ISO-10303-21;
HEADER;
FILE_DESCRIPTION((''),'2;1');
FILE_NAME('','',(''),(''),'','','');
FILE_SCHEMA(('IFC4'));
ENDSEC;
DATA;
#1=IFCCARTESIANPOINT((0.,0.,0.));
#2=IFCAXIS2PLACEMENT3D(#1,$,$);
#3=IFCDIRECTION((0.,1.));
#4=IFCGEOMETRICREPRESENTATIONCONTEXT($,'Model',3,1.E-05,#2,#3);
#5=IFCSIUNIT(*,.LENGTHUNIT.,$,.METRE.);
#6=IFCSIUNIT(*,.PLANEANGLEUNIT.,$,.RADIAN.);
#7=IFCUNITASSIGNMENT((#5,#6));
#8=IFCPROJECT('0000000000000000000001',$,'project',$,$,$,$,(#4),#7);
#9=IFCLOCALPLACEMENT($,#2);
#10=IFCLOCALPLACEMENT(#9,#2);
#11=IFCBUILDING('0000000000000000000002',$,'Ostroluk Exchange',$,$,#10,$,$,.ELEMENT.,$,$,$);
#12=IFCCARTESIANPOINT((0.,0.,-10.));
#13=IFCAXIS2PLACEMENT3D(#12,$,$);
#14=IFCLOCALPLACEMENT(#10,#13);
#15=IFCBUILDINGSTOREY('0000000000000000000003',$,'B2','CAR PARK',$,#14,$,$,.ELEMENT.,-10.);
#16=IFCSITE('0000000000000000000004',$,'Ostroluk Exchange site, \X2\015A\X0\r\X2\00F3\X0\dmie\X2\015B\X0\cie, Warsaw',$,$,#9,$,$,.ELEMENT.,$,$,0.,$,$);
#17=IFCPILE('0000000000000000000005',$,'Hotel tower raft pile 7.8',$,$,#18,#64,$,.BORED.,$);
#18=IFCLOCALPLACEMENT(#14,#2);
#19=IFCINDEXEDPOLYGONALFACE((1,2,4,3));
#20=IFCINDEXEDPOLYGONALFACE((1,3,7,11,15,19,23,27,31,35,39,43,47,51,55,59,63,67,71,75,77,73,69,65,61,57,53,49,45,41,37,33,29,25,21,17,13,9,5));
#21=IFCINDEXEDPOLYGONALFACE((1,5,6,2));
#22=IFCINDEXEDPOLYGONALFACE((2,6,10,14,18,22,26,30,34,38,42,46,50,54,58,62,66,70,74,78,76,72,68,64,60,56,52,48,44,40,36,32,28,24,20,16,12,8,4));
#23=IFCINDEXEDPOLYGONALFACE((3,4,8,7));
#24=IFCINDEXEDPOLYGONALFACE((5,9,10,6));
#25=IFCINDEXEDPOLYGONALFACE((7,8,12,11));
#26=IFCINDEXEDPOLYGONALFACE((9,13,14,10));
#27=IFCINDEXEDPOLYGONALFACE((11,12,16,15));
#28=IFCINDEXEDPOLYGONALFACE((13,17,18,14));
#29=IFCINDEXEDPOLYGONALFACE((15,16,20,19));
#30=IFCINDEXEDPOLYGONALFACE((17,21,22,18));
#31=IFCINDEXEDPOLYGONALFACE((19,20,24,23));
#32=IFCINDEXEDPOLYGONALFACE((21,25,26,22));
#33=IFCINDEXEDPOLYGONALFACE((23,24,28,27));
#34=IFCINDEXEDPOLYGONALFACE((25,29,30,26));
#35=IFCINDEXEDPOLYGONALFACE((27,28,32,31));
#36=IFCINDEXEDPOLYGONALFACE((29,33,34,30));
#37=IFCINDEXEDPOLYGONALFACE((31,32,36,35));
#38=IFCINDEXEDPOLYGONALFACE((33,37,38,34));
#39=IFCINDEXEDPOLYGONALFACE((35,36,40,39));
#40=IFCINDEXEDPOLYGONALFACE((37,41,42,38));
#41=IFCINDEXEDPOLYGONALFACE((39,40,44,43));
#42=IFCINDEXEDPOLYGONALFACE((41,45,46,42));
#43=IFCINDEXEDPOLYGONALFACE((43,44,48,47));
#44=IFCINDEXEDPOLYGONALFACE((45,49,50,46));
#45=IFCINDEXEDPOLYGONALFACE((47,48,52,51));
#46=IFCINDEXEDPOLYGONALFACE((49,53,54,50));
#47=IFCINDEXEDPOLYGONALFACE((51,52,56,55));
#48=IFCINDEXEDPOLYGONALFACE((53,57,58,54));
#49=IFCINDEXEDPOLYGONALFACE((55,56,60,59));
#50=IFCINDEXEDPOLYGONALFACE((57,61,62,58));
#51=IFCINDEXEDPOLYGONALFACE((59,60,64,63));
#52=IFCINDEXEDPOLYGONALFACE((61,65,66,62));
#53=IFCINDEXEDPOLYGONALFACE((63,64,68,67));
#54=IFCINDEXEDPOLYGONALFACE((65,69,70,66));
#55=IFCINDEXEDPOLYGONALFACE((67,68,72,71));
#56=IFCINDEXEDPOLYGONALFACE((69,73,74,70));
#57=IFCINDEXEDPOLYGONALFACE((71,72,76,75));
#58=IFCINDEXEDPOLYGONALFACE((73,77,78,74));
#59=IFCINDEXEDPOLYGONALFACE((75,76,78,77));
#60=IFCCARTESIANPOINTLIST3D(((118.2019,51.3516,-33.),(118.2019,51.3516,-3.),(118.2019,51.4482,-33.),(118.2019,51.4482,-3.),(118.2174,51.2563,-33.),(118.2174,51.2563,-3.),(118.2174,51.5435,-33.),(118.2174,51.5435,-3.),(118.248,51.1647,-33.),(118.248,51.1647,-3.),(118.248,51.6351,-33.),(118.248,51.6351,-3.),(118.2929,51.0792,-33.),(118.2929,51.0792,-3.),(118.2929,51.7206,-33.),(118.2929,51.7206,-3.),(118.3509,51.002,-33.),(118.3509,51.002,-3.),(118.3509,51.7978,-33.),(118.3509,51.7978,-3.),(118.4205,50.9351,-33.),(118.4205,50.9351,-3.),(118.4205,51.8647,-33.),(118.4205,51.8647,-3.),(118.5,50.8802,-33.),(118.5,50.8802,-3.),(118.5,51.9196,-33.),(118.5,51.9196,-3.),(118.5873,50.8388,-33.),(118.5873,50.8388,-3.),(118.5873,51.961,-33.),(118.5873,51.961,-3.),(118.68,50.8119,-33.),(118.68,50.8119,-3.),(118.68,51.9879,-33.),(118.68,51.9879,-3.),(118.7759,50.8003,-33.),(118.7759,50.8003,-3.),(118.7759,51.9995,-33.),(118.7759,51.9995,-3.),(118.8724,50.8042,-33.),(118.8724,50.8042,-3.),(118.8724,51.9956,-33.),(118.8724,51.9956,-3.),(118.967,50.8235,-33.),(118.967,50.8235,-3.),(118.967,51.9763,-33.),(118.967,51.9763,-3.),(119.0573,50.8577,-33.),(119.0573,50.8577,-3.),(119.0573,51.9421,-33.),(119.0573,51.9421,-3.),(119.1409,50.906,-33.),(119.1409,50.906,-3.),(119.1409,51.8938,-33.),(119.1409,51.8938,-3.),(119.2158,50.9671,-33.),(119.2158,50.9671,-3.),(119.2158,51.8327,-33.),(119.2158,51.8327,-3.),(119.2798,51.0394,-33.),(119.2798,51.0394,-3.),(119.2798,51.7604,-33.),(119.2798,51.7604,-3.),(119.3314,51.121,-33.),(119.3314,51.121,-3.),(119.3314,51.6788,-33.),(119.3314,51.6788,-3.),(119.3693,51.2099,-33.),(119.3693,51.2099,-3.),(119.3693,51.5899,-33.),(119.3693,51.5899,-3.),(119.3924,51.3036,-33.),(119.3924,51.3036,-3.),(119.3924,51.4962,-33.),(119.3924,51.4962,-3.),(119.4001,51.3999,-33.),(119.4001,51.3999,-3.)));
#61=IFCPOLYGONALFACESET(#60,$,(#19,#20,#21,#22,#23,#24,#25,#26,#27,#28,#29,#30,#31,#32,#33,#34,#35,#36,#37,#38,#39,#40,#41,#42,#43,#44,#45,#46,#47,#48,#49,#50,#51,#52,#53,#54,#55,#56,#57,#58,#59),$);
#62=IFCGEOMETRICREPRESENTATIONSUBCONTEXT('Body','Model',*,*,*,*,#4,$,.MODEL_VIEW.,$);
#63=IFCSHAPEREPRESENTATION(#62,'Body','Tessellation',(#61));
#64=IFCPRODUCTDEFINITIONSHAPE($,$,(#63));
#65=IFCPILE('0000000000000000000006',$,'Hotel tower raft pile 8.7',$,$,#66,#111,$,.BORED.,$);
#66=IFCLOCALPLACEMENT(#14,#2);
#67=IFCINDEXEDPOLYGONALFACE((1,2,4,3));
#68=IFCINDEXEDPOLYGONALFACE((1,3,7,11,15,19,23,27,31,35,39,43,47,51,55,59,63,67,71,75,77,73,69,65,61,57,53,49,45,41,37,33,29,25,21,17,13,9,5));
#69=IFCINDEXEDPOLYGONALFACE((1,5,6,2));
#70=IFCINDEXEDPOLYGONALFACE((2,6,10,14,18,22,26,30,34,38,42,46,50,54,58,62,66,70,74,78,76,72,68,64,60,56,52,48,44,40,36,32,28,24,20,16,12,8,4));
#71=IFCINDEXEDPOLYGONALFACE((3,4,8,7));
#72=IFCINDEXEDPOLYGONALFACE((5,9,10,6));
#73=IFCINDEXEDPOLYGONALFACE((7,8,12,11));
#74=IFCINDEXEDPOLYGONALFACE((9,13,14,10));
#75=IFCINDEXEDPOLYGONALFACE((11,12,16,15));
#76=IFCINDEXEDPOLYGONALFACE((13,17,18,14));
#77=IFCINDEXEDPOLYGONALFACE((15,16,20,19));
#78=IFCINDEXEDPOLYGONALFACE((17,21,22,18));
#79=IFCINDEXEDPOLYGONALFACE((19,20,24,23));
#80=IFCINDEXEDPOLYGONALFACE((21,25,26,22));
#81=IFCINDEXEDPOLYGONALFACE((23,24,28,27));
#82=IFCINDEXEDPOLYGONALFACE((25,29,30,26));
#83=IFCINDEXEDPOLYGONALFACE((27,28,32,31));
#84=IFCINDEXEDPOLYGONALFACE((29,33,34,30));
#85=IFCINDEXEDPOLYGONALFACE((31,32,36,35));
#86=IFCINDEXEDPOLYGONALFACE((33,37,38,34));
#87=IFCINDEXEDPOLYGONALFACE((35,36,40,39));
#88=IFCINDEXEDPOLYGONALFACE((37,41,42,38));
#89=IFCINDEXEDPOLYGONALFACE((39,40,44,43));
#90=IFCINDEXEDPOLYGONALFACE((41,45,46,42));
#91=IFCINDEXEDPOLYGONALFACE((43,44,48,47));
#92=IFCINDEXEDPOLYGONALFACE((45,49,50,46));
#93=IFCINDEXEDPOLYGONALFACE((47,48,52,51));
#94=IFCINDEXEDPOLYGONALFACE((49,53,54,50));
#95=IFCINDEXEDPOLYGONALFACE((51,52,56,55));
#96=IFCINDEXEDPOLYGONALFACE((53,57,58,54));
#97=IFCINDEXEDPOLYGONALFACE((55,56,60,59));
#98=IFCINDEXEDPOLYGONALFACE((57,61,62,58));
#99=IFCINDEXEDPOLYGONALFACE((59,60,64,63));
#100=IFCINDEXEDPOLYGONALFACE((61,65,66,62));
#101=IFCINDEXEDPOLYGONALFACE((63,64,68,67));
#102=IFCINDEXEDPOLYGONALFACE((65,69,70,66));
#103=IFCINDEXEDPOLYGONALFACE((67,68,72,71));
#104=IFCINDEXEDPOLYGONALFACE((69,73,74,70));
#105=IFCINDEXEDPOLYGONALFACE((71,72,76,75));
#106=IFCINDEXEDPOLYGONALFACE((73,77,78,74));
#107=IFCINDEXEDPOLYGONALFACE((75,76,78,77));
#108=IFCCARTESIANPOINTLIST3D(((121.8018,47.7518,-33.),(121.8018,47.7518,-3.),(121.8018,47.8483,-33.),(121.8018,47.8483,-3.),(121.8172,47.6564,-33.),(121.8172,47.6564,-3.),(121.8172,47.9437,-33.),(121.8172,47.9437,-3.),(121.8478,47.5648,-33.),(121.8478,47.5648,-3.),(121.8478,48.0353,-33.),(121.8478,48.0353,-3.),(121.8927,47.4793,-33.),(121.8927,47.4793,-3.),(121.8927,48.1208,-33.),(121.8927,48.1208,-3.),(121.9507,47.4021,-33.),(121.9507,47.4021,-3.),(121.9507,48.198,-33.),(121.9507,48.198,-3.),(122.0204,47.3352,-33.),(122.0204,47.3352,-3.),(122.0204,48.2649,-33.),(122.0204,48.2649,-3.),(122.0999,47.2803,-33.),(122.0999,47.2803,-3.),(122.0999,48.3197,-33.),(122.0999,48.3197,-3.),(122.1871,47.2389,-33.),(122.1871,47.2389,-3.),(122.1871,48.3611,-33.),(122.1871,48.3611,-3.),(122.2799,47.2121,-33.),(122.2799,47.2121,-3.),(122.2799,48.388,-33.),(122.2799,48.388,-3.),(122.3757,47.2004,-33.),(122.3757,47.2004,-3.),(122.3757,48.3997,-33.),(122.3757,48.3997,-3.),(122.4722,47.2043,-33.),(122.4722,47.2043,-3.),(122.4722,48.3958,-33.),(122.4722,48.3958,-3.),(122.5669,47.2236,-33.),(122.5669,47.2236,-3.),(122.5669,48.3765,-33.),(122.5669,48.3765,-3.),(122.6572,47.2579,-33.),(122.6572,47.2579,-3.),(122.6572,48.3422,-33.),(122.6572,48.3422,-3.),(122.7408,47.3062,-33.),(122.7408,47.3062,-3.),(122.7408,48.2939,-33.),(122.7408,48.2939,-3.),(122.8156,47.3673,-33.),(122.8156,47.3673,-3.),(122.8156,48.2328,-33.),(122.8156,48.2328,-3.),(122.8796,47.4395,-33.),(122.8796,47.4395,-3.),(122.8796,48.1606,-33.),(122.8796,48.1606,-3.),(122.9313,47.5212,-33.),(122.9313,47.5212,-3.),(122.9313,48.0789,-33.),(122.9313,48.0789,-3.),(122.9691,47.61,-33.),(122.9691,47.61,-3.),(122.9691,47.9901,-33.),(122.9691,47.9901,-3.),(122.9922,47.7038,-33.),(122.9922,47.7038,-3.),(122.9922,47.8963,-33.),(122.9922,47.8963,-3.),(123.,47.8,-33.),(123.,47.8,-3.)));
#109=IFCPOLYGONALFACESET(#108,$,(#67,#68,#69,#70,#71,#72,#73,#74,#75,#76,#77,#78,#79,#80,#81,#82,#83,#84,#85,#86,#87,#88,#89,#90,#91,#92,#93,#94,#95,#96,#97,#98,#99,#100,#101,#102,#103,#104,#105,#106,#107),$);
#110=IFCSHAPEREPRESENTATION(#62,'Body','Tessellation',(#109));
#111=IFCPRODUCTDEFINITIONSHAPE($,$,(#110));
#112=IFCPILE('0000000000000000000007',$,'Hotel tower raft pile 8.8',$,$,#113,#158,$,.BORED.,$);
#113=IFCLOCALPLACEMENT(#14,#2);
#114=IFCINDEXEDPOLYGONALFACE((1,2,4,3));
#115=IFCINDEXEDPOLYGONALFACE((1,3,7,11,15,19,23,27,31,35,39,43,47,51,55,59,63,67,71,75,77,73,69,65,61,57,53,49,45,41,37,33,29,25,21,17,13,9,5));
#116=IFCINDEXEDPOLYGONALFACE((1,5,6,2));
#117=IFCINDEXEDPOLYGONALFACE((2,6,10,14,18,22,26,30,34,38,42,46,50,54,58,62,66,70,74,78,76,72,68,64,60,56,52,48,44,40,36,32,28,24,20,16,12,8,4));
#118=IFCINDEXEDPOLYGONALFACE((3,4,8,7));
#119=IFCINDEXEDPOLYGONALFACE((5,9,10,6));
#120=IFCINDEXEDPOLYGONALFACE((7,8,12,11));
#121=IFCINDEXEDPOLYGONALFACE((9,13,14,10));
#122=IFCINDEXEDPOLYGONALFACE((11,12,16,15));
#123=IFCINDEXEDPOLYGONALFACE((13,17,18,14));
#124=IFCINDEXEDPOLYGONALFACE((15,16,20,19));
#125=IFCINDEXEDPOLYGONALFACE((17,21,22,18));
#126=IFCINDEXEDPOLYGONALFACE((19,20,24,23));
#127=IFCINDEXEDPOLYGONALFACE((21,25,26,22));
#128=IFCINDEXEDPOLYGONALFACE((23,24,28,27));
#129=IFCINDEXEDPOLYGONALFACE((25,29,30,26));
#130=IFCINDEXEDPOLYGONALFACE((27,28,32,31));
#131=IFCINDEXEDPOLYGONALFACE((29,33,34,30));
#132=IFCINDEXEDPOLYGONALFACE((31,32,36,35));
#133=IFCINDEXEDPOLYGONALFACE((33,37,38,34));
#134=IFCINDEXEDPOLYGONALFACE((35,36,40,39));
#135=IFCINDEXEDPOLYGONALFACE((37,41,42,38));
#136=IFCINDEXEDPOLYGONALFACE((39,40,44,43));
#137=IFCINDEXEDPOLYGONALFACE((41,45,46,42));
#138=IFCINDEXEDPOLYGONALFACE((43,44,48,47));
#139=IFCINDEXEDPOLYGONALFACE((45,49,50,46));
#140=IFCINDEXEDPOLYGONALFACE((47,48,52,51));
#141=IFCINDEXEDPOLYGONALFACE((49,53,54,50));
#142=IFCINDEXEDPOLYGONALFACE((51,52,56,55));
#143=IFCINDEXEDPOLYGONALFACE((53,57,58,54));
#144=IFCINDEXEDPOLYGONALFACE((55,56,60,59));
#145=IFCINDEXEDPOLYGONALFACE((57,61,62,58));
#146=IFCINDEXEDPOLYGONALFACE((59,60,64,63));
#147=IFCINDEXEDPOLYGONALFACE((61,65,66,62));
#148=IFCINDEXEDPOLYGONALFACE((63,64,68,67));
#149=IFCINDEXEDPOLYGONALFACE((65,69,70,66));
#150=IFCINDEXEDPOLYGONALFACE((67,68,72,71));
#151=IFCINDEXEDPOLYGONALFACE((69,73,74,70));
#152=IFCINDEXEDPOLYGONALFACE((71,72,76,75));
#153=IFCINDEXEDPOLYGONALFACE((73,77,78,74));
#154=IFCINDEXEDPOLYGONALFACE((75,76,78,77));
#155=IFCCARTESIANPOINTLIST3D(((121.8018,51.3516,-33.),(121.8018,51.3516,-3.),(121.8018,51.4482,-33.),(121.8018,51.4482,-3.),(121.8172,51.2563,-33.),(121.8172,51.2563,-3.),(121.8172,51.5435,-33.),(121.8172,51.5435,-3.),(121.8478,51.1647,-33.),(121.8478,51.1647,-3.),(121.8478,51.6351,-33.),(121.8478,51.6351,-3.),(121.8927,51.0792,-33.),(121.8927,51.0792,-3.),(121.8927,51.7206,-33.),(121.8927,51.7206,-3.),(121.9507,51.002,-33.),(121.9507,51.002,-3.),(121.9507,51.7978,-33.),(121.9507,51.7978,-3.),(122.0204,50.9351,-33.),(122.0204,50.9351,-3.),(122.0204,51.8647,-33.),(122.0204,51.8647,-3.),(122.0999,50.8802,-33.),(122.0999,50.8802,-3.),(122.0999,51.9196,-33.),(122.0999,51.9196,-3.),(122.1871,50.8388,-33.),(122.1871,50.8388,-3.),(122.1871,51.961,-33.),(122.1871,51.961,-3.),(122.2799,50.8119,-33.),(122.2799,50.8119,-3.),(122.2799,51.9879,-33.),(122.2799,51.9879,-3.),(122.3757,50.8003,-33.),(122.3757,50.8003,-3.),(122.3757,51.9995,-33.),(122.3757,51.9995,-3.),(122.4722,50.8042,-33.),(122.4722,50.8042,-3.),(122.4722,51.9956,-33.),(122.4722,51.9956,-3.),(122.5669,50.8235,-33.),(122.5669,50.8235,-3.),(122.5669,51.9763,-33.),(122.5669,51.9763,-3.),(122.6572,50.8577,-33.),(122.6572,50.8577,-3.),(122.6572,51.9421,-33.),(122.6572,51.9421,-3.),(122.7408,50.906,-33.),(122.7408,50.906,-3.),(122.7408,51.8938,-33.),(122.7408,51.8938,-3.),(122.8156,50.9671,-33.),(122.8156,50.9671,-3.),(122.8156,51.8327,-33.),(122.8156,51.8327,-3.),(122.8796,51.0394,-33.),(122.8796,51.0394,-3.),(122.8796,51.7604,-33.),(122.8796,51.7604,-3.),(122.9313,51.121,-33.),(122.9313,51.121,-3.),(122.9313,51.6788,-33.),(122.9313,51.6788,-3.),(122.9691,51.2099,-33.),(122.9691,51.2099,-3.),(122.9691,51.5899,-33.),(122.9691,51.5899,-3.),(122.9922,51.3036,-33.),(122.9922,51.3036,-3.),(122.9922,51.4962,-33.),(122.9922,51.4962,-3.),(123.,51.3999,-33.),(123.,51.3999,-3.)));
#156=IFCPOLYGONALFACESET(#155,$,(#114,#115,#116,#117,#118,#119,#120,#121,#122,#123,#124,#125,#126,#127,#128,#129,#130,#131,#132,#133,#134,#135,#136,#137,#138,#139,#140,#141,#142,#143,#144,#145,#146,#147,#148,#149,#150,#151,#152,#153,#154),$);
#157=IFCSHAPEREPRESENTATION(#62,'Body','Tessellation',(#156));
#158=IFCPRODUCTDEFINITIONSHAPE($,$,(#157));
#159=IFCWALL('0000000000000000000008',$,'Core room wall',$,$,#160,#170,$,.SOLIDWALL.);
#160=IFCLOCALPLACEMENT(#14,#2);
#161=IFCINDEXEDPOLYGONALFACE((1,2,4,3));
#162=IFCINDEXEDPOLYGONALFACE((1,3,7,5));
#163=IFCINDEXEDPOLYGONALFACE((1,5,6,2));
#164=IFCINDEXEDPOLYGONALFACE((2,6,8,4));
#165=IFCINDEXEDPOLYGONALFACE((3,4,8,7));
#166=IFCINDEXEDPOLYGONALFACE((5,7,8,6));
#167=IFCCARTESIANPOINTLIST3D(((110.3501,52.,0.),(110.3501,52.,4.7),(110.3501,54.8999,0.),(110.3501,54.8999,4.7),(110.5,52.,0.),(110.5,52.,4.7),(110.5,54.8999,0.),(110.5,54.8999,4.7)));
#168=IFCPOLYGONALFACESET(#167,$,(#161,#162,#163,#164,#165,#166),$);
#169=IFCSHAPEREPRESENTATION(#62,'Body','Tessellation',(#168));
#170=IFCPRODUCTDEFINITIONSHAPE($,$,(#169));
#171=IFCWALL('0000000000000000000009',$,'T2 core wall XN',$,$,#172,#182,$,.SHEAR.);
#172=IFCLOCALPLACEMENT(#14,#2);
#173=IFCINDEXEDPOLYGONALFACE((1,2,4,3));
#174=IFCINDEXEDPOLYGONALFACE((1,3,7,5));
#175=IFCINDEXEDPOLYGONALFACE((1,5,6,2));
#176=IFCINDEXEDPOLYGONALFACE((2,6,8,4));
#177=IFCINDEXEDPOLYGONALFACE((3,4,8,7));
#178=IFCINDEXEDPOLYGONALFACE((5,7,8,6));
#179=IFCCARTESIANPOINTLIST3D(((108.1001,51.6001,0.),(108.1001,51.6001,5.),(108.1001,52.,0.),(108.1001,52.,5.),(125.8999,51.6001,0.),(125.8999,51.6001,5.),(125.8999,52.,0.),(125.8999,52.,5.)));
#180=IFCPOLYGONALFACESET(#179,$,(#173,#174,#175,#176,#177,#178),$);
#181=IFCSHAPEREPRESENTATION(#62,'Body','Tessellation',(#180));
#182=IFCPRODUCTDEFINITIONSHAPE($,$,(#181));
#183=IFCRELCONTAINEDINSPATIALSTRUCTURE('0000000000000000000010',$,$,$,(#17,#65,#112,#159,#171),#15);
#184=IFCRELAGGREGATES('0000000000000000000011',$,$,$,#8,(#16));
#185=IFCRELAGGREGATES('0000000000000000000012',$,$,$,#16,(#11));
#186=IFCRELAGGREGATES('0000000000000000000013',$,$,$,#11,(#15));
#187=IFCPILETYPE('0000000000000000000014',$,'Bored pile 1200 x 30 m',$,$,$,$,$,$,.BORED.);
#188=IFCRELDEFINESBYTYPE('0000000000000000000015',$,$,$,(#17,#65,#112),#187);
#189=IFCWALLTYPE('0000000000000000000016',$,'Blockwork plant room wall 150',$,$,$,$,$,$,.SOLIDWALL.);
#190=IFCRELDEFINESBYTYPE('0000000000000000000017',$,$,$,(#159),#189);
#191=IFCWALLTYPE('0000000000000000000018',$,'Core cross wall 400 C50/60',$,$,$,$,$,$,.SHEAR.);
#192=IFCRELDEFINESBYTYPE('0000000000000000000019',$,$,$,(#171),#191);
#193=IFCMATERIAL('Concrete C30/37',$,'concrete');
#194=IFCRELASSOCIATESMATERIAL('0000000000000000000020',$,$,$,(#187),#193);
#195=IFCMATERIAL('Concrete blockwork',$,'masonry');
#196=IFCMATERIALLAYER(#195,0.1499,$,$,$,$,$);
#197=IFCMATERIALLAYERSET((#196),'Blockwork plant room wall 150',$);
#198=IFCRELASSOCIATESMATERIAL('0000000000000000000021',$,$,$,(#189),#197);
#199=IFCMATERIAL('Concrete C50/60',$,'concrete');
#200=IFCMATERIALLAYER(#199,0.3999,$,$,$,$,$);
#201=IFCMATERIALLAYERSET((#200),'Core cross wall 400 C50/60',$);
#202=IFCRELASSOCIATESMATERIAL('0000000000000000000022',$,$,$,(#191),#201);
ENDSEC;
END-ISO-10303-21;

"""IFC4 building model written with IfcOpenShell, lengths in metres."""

from ifc_helpers import new_model, si_unit, direction, frame, frame_2d, origin, origin_2d, place, context, subcontext, project, spatial, rectangle, circle, extrude, material, layer, layer_set, type_object, element, save


model = new_model("IFC4")

# Units and contexts
model_context = context("Model", 3, precision=1e-05, world=origin(), true_north=direction((0.0, 1.0)))
body_context = subcontext(model_context, "Body", "Model", "MODEL_VIEW")
ifc_project = project(units=[si_unit("LENGTHUNIT", "METRE"), si_unit("PLANEANGLEUNIT", "RADIAN")], contexts=[model_context])

# Site, building, storey
site_placement = place(None, origin())
site = spatial("IfcSite", under=ifc_project, at=site_placement, Name="Ostroluk Exchange site, Śródmieście, Warsaw", CompositionType="ELEMENT", RefElevation=0.0)
building_placement = place(site_placement, origin())
building = spatial("IfcBuilding", under=site, at=building_placement, Name="Ostroluk Exchange", CompositionType="ELEMENT")
storey_placement = place(building_placement, frame((0.0, 0.0, -10.0)))
storey = spatial("IfcBuildingStorey", under=building, at=storey_placement, Name="B2", Description="CAR PARK", CompositionType="ELEMENT", Elevation=-10.0)

# Piles
ifc_material_1 = material(Name="Concrete C30/37", Category="concrete")
pile_type = type_object("IfcPileType", Name="Bored pile 1200 x 30 m", PredefinedType="BORED", material=ifc_material_1)
for number, where, z_axis, x_axis, name in (
    (1, (118.8, 51.3999, -3.0), (0.0, 0.0, -1.0), (1.0, 0.0, 0.0), "Hotel tower raft pile 7.8"),
    (2, (122.3999, 47.8, -3.0), (0.0, 0.0, -1.0), (1.0, 0.0, 0.0), "Hotel tower raft pile 8.7"),
    (3, (122.3999, 51.3999, -3.0), (0.0, 0.0, -1.0), (1.0, 0.0, 0.0), "Hotel tower raft pile 8.8"),
):
    element("IfcPile", number, at=place(storey_placement, frame(where, z_axis=z_axis, x_axis=x_axis)), inside=storey, type_object=pile_type, Name=name, PredefinedType="BORED", context=body_context, shape_type="SweptSolid", body=[
        extrude(circle(Radius=0.6001, at=origin_2d()), origin(), (0.0, 0.0, 1.0), 30.0),
    ])

# Walls
ifc_material_2 = material(Name="Concrete blockwork", Category="masonry")
ifc_layer_1 = layer(ifc_material_2, 0.1499)
ifc_layer_set_1 = layer_set([ifc_layer_1], Name="Blockwork plant room wall 150")
wall_type_1 = type_object("IfcWallType", Name="Blockwork plant room wall 150", PredefinedType="SOLIDWALL", material=ifc_layer_set_1)
wall_1_placement = place(storey_placement, frame((110.425, 52.0, 0.0), z_axis=(0.0, 0.0, 1.0), x_axis=(0.0, 1.0, 0.0)))
element("IfcWall", 4, at=wall_1_placement, inside=storey, type_object=wall_type_1, Name="Core room wall", PredefinedType="SOLIDWALL", context=body_context, shape_type="SweptSolid", body=[
    extrude(rectangle(XDim=2.8999, YDim=0.1499, at=frame_2d((1.45, 0.0))), origin(), (0.0, 0.0, 1.0), 4.7),
])
ifc_material_3 = material(Name="Concrete C50/60", Category="concrete")
ifc_layer_2 = layer(ifc_material_3, 0.3999)
ifc_layer_set_2 = layer_set([ifc_layer_2], Name="Core cross wall 400 C50/60")
wall_type_2 = type_object("IfcWallType", Name="Core cross wall 400 C50/60", PredefinedType="SHEAR", material=ifc_layer_set_2)
wall_2_placement = place(storey_placement, frame((108.1001, 51.8, 0.0), z_axis=(0.0, 0.0, 1.0), x_axis=(1.0, 0.0, 0.0)))
element("IfcWall", 5, at=wall_2_placement, inside=storey, type_object=wall_type_2, Name="T2 core wall XN", PredefinedType="SHEAR", context=body_context, shape_type="SweptSolid", body=[
    extrude(rectangle(XDim=17.7998, YDim=0.3999, at=frame_2d((8.8999, 0.0))), origin(), (0.0, 0.0, 1.0), 5.0),
])

save(model, "model.ifc")
